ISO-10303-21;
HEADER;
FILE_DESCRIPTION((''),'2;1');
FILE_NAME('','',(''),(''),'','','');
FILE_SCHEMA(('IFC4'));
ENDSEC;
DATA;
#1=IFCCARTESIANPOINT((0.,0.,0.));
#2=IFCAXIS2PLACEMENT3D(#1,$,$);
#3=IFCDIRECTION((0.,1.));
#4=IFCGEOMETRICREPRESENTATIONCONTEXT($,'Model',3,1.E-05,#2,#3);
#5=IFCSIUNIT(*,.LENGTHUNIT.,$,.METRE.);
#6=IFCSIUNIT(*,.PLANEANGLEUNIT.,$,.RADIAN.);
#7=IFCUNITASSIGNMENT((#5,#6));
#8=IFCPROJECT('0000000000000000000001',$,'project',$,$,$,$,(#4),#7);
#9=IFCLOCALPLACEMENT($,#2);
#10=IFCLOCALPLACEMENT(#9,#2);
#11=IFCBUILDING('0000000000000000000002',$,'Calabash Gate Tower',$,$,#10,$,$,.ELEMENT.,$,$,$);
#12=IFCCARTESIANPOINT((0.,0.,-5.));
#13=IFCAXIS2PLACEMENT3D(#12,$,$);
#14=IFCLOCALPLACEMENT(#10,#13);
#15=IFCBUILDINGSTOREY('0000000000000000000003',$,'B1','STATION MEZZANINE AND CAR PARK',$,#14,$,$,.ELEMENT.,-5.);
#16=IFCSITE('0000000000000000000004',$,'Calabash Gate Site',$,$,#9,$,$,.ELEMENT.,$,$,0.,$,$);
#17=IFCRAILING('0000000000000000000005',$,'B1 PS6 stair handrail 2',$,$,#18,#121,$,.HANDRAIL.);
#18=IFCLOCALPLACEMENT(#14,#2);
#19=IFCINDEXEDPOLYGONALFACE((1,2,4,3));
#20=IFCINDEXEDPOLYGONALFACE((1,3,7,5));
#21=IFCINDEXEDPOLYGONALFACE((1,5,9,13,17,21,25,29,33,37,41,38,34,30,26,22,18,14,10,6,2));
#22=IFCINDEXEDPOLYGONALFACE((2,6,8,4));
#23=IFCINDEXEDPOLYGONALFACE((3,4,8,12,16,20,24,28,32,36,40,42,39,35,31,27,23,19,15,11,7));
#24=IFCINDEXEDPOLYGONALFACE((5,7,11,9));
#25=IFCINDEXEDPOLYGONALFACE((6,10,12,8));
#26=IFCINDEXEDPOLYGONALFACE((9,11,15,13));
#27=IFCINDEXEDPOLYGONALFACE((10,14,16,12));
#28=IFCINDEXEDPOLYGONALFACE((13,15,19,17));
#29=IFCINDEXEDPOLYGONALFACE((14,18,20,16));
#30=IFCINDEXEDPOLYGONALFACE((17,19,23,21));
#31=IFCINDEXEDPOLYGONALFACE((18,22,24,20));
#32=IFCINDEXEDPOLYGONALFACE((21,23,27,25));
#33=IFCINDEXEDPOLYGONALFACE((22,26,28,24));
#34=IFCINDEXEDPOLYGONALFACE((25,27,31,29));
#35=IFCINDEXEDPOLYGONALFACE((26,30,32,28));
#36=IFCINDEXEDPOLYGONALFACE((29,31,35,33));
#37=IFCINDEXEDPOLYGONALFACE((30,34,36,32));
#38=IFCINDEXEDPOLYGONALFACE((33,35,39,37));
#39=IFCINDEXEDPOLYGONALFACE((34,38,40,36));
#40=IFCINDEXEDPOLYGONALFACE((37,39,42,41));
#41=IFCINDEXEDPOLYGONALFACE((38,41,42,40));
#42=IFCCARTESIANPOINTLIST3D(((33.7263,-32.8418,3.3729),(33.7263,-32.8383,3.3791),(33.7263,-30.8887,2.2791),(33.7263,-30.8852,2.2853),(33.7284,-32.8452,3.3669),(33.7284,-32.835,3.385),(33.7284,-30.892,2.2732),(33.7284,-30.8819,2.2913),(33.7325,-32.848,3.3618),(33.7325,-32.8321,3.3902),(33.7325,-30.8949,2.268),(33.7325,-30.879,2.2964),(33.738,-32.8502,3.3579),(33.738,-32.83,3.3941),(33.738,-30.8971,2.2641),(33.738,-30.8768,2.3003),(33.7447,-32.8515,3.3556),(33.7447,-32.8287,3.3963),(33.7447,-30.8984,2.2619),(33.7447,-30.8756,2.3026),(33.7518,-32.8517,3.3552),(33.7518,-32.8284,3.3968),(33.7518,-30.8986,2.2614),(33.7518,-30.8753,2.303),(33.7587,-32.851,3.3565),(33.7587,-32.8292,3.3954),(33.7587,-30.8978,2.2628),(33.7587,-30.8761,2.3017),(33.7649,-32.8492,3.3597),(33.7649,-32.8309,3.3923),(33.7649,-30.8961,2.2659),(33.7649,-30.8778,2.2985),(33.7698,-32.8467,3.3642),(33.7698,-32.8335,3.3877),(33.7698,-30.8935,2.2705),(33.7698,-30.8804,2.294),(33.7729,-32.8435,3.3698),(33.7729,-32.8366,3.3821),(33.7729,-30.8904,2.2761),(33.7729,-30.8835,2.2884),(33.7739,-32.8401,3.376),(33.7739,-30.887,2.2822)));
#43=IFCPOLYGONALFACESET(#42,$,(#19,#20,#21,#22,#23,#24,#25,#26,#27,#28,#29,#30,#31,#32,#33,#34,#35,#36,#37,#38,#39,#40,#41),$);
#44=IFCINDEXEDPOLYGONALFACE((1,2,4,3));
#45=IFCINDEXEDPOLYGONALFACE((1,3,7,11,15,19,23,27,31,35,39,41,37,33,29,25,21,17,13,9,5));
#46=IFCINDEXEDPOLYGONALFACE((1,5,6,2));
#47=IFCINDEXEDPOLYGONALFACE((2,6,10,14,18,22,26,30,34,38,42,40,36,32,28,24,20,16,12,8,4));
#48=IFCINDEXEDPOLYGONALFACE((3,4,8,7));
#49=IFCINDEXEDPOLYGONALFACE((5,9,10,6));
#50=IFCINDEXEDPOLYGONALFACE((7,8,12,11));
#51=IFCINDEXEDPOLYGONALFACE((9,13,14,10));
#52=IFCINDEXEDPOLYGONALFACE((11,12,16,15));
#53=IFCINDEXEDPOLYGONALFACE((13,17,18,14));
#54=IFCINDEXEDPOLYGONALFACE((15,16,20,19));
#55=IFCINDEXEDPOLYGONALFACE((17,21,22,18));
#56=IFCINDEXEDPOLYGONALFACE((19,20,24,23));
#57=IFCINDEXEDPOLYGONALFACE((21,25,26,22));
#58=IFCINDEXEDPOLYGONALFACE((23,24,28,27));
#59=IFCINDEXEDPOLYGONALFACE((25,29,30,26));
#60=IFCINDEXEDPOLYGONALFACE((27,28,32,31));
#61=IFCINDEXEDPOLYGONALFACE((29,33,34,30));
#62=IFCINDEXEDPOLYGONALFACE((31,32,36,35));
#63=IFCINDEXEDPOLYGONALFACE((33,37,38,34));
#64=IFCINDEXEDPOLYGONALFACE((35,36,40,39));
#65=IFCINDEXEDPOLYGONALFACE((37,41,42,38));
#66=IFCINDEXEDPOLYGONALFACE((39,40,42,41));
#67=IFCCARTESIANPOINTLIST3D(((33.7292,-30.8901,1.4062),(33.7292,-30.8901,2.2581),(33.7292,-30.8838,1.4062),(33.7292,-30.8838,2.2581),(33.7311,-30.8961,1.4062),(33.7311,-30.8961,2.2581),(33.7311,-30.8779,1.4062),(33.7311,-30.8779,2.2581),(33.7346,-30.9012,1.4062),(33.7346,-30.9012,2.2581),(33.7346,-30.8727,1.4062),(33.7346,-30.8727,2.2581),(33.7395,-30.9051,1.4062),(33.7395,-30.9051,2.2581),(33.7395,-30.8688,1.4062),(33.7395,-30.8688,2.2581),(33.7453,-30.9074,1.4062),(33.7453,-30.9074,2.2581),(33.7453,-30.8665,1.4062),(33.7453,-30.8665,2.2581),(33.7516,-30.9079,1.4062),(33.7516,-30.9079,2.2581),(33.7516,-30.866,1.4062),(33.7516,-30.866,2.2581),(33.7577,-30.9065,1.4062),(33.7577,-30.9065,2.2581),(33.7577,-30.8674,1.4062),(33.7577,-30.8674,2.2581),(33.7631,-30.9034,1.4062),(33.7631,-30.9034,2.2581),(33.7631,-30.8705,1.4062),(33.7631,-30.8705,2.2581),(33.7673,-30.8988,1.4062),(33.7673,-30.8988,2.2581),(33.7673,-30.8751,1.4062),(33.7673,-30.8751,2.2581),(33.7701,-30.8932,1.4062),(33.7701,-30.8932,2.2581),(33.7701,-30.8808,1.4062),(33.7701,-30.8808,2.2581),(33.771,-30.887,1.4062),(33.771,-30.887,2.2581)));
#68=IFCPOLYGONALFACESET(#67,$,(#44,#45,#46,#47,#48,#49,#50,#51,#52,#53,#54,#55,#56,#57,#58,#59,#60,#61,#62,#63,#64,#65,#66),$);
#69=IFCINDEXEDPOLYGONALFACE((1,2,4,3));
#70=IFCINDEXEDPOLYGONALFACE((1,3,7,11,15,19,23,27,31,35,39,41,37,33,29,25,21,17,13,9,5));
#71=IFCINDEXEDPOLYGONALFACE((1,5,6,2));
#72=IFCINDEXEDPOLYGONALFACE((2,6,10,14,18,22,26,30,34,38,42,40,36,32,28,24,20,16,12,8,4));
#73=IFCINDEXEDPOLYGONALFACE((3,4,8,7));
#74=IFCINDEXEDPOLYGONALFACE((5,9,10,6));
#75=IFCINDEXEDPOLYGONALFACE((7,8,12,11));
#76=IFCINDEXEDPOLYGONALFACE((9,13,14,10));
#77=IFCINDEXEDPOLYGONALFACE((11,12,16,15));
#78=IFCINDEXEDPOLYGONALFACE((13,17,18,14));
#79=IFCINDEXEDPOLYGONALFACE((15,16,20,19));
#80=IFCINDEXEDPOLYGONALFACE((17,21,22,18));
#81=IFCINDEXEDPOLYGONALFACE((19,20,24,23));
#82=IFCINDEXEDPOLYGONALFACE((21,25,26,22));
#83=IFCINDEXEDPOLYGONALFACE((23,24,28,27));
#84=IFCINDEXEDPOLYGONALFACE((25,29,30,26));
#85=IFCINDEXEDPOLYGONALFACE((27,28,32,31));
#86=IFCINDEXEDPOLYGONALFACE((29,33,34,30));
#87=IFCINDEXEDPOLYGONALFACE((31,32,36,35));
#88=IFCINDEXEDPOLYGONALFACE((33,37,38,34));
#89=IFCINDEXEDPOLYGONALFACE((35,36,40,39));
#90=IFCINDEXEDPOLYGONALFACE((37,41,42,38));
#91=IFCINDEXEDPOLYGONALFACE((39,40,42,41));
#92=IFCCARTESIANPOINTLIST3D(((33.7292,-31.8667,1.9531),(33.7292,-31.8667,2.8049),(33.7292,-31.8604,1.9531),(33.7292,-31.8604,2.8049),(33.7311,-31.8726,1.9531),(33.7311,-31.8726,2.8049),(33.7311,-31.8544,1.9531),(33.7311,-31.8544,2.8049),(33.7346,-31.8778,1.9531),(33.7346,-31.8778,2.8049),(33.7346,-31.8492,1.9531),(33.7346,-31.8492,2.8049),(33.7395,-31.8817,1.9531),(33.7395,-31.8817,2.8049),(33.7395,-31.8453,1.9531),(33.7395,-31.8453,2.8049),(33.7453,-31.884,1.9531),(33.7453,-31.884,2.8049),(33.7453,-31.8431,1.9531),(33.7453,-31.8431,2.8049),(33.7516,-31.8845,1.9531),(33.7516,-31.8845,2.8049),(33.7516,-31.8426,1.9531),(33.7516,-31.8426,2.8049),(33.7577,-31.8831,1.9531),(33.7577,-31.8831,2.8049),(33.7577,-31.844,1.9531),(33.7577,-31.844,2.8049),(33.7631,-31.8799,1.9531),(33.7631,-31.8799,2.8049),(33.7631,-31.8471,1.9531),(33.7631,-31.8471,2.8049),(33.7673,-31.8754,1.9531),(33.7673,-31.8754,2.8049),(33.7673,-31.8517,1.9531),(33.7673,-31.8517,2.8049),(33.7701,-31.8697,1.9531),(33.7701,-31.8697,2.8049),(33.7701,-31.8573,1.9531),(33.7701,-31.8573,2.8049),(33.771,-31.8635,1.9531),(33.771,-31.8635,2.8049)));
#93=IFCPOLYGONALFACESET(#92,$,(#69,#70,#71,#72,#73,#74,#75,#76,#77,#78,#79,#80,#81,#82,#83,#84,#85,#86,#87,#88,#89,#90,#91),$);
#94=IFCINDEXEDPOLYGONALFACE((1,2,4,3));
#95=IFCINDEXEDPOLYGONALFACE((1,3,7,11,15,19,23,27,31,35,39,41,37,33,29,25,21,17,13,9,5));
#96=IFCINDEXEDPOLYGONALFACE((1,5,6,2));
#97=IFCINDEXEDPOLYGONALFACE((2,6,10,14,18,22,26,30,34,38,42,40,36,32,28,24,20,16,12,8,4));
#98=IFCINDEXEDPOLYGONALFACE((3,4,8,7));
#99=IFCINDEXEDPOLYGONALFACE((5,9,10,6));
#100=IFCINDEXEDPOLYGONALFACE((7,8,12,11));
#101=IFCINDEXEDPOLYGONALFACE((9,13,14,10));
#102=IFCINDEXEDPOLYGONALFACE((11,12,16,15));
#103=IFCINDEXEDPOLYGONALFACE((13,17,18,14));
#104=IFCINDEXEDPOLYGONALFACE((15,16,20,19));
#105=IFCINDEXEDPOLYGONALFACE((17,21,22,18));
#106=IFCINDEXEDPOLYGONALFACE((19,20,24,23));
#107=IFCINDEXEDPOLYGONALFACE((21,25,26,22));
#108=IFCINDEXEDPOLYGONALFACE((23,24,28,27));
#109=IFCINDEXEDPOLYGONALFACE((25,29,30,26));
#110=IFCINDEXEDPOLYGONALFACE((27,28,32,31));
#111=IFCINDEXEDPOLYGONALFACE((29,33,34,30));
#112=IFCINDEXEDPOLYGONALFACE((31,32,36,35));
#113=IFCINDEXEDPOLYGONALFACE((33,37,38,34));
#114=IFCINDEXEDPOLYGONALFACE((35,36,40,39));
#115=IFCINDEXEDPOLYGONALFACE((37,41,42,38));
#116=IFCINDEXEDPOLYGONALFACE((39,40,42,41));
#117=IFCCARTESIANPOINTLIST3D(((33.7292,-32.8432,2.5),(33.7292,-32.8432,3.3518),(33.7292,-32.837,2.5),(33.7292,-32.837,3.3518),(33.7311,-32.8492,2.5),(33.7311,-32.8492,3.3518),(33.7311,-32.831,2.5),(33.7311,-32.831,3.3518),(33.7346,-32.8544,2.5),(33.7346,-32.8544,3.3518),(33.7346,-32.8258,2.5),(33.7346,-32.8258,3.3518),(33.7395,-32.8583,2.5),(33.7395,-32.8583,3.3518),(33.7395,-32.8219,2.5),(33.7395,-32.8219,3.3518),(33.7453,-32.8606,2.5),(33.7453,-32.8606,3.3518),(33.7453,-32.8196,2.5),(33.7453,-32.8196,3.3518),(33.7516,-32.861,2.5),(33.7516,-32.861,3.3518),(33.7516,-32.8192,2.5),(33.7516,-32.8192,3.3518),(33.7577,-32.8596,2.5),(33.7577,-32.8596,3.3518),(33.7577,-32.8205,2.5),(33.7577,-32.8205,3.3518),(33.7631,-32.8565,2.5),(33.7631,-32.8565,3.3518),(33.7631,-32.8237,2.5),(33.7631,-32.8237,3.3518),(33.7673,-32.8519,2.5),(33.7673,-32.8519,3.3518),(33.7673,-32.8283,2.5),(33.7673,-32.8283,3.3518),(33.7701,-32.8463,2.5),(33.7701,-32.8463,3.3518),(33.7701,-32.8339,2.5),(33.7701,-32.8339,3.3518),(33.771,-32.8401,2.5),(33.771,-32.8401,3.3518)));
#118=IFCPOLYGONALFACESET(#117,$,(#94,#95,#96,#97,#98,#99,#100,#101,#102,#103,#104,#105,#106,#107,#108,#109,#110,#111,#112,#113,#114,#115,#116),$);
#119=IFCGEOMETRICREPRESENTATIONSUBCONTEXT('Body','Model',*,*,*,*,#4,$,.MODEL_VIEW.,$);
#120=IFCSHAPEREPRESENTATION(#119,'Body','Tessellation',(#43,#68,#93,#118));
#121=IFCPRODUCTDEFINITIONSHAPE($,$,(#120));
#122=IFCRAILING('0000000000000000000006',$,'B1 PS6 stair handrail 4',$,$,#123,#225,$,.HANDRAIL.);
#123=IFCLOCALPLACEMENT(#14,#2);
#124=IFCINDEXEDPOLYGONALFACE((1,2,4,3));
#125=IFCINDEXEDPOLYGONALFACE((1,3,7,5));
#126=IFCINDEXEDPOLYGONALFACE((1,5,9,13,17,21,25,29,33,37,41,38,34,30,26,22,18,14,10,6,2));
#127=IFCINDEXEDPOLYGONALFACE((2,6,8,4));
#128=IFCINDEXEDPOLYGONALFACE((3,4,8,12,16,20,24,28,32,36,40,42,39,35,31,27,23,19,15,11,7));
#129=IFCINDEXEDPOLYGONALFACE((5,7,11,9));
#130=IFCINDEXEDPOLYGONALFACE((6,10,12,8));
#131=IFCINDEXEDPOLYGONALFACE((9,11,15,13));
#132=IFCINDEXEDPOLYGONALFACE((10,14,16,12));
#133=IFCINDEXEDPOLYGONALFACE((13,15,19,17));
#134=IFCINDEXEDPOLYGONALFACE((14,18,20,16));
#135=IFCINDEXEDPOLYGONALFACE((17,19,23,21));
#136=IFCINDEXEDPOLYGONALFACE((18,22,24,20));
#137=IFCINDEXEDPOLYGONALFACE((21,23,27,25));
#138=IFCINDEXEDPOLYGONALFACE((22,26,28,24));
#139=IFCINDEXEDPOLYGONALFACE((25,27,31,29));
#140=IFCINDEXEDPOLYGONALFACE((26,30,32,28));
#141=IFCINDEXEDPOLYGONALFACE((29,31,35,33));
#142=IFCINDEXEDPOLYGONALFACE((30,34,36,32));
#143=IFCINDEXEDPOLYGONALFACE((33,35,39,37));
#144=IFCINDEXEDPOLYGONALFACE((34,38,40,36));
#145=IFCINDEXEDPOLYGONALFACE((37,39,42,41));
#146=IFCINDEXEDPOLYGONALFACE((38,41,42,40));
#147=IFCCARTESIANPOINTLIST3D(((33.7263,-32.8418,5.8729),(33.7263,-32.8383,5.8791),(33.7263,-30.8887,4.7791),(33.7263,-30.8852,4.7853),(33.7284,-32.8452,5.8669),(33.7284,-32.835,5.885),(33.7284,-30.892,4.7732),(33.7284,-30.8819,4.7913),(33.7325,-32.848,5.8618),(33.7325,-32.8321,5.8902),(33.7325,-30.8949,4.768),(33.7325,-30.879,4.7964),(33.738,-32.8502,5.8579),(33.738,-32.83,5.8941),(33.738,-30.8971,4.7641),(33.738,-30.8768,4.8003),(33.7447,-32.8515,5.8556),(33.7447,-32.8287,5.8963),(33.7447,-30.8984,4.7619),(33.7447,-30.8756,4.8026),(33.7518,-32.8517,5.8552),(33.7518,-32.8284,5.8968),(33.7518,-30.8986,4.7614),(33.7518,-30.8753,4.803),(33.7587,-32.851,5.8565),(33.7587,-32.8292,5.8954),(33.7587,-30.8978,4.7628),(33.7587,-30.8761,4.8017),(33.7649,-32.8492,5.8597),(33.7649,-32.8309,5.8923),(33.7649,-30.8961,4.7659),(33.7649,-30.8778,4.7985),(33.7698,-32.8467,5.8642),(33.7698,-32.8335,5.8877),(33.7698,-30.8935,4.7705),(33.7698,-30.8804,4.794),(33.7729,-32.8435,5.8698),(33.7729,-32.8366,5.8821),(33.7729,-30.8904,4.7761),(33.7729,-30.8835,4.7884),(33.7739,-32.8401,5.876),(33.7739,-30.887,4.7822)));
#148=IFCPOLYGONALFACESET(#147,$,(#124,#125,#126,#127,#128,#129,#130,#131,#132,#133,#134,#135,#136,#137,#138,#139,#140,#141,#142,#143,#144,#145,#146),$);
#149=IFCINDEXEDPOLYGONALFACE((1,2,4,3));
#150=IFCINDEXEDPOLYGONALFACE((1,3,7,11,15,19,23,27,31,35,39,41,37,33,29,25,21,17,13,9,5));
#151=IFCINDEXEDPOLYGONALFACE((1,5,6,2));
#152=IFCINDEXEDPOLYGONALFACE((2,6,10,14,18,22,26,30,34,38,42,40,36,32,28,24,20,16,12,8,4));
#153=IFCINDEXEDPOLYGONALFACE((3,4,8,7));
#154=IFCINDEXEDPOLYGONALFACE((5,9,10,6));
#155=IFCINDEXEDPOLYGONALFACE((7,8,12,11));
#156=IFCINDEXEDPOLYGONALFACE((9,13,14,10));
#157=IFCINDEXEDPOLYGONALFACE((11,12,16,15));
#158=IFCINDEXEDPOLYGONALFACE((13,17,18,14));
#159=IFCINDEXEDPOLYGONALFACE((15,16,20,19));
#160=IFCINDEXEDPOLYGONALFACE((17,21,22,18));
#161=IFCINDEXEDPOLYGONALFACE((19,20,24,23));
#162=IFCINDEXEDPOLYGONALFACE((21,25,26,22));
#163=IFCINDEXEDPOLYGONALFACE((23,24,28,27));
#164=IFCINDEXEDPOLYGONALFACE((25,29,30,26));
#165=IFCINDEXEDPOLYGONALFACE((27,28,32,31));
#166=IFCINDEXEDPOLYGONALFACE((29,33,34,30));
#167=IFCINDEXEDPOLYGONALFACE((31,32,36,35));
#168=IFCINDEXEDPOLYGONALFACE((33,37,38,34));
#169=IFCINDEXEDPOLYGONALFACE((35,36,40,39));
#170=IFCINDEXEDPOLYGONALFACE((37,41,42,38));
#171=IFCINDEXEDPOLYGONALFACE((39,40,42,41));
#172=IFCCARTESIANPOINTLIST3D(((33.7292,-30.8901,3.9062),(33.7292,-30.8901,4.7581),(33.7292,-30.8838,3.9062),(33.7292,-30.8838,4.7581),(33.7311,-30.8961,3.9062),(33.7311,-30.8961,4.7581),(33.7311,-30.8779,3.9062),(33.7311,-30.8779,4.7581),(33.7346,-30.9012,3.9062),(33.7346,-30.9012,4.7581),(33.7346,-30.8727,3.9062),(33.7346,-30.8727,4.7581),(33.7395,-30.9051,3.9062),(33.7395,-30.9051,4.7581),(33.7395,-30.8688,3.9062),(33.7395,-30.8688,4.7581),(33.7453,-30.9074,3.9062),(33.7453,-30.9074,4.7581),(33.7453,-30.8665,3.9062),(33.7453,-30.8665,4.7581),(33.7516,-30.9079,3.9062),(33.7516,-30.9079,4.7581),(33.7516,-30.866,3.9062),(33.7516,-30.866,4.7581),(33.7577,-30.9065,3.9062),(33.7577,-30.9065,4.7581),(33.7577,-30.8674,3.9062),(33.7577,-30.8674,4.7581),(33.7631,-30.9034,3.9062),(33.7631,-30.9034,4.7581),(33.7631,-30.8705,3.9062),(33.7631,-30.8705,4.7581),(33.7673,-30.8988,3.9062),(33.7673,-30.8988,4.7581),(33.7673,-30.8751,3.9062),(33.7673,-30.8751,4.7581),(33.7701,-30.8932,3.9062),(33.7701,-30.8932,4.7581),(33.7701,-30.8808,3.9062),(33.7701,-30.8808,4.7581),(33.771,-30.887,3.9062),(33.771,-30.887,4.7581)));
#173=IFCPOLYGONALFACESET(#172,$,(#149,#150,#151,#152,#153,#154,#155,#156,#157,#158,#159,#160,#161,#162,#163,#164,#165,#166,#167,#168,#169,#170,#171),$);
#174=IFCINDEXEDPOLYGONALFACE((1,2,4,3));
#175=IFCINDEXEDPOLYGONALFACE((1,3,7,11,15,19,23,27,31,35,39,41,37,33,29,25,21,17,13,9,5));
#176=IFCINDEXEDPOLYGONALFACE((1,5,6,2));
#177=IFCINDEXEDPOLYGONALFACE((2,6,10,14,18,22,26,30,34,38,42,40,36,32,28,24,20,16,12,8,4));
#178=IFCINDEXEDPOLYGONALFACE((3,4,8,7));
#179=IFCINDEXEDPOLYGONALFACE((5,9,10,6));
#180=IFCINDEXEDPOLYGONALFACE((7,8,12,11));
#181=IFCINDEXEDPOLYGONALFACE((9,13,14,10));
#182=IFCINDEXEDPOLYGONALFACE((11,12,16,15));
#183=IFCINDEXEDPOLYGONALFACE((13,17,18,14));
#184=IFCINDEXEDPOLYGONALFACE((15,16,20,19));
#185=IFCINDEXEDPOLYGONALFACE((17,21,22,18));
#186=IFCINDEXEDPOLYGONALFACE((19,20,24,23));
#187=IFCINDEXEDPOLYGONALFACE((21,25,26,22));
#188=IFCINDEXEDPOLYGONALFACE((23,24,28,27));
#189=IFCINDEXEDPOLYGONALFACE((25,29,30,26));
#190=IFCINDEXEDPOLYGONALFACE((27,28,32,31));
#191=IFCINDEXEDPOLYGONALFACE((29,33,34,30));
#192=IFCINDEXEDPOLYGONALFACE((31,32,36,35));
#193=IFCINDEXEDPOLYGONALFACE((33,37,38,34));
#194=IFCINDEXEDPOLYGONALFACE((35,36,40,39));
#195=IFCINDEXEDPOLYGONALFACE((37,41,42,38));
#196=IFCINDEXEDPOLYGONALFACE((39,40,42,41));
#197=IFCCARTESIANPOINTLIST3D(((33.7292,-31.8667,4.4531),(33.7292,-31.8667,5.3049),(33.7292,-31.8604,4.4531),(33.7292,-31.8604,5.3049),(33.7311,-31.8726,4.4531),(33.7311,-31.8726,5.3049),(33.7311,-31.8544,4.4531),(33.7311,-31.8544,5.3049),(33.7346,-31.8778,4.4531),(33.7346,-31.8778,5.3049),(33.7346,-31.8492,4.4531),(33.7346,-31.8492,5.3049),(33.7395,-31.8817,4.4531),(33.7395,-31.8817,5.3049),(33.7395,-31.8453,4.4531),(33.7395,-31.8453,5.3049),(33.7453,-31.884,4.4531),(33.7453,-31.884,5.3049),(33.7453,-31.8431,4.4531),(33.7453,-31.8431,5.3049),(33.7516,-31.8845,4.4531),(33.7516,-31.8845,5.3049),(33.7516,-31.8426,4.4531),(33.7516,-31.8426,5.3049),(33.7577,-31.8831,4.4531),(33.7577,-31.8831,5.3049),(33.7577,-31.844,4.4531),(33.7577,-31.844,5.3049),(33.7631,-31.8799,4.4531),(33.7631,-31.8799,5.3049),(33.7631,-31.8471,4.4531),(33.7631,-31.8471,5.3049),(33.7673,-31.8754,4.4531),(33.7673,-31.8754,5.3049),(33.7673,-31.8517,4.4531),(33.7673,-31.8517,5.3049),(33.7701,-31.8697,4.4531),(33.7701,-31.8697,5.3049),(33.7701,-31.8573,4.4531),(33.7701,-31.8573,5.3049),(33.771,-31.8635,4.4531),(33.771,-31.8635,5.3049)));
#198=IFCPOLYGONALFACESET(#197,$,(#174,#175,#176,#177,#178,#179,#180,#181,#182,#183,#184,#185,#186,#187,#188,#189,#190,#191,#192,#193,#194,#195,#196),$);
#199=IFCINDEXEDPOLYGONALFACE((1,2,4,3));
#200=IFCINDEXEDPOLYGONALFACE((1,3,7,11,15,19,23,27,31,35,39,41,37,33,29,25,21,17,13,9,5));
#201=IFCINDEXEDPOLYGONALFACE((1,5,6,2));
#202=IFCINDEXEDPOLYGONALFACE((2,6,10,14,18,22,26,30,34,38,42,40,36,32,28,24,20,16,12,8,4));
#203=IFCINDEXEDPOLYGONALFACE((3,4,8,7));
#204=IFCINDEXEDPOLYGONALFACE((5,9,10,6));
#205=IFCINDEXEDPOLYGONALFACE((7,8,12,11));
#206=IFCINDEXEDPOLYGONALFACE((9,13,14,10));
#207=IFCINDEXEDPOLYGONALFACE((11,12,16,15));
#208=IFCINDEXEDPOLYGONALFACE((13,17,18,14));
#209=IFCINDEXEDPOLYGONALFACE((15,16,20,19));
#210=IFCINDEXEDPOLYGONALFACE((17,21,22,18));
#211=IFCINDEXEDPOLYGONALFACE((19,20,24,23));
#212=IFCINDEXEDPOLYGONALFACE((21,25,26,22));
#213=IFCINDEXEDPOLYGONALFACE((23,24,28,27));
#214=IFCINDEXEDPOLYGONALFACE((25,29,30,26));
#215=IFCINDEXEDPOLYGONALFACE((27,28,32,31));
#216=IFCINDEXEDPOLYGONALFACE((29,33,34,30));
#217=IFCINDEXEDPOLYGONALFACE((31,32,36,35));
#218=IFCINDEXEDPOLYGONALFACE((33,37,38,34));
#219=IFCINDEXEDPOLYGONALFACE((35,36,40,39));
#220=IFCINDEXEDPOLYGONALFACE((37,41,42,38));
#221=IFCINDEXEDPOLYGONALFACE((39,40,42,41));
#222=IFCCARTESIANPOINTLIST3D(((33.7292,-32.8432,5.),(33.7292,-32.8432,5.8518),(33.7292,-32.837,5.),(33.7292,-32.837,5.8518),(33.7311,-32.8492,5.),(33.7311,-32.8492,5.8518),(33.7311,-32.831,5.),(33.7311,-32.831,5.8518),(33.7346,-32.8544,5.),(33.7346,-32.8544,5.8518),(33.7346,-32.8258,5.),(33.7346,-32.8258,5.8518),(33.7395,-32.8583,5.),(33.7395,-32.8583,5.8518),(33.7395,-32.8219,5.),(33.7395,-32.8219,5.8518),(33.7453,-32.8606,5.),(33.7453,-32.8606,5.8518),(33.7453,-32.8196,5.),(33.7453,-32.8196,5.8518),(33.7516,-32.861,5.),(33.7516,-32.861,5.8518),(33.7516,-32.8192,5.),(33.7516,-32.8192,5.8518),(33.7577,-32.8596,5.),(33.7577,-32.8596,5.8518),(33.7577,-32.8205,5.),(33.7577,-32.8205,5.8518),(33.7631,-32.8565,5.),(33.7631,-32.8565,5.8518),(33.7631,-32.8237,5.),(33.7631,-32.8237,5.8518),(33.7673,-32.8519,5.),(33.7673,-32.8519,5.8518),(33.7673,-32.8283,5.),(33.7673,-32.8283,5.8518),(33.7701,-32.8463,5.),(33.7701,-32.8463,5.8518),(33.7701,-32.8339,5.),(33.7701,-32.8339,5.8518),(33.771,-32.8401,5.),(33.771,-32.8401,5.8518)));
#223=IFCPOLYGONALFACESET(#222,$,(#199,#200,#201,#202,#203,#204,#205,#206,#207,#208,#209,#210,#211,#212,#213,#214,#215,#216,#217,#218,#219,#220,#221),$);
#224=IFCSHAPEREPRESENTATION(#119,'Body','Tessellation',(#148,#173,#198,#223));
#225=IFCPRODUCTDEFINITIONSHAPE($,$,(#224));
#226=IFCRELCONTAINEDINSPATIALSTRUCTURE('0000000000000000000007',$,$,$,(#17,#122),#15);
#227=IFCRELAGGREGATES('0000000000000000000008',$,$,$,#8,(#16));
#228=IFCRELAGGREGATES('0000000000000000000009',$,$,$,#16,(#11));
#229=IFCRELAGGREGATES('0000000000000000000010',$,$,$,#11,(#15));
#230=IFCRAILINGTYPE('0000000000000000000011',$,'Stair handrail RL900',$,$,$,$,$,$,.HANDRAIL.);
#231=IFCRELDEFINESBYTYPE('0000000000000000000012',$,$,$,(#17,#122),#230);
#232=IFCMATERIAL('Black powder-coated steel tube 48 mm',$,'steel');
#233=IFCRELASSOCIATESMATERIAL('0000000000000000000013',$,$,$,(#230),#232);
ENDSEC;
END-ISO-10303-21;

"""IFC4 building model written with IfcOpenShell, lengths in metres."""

from ifc_helpers import new_model, si_unit, direction, frame, origin, origin_2d, place, context, subcontext, project, spatial, circle, extrude, material, type_object, element, save


model = new_model("IFC4")

# Units and contexts
model_context = context("Model", 3, precision=1e-05, world=origin(), true_north=direction((0.0, 1.0)))
body_context = subcontext(model_context, "Body", "Model", "MODEL_VIEW")
ifc_project = project(units=[si_unit("LENGTHUNIT", "METRE"), si_unit("PLANEANGLEUNIT", "RADIAN")], contexts=[model_context])

# Site, building, storey
site_placement = place(None, origin())
site = spatial("IfcSite", under=ifc_project, at=site_placement, Name="Calabash Gate Site", CompositionType="ELEMENT", RefElevation=0.0)
building_placement = place(site_placement, origin())
building = spatial("IfcBuilding", under=site, at=building_placement, Name="Calabash Gate Tower", CompositionType="ELEMENT")
storey_placement = place(building_placement, frame((0.0, 0.0, -5.0)))
storey = spatial("IfcBuildingStorey", under=building, at=storey_placement, Name="B1", Description="STATION MEZZANINE AND CAR PARK", CompositionType="ELEMENT", Elevation=-5.0)

# Railings
ifc_material_1 = material(Name="Black powder-coated steel tube 48 mm", Category="steel")
railing_type_1 = type_object("IfcRailingType", Name="Stair handrail RL900", PredefinedType="HANDRAIL", material=ifc_material_1)
for number, where, name in (
    (1, (33.75, -30.887, 1.4062), "B1 PS6 stair handrail 2"),
    (2, (33.75, -30.887, 3.9062), "B1 PS6 stair handrail 4"),
):
    element("IfcRailing", number, at=place(storey_placement, frame(where)), inside=storey, type_object=railing_type_1, Name=name, PredefinedType="HANDRAIL", context=body_context, shape_type="SweptSolid", body=[
        extrude(circle(Radius=0.0239, at=origin_2d()), frame((0.0, 0.0, 0.876), z_axis=(0.0, -0.872506, 0.488603), x_axis=(1.0, 0.0, 0.0)), (0.0, 0.0, 1.0), 2.2385),
        extrude(circle(Radius=0.021, at=origin_2d()), origin(), (0.0, 0.0, 1.0), 0.8518),
        extrude(circle(Radius=0.021, at=origin_2d()), frame((0.0, -0.9766, 0.5469)), (0.0, 0.0, 1.0), 0.8518),
        extrude(circle(Radius=0.021, at=origin_2d()), frame((0.0, -1.9531, 1.0938)), (0.0, 0.0, 1.0), 0.8518),
    ])

save(model, "model.ifc")
